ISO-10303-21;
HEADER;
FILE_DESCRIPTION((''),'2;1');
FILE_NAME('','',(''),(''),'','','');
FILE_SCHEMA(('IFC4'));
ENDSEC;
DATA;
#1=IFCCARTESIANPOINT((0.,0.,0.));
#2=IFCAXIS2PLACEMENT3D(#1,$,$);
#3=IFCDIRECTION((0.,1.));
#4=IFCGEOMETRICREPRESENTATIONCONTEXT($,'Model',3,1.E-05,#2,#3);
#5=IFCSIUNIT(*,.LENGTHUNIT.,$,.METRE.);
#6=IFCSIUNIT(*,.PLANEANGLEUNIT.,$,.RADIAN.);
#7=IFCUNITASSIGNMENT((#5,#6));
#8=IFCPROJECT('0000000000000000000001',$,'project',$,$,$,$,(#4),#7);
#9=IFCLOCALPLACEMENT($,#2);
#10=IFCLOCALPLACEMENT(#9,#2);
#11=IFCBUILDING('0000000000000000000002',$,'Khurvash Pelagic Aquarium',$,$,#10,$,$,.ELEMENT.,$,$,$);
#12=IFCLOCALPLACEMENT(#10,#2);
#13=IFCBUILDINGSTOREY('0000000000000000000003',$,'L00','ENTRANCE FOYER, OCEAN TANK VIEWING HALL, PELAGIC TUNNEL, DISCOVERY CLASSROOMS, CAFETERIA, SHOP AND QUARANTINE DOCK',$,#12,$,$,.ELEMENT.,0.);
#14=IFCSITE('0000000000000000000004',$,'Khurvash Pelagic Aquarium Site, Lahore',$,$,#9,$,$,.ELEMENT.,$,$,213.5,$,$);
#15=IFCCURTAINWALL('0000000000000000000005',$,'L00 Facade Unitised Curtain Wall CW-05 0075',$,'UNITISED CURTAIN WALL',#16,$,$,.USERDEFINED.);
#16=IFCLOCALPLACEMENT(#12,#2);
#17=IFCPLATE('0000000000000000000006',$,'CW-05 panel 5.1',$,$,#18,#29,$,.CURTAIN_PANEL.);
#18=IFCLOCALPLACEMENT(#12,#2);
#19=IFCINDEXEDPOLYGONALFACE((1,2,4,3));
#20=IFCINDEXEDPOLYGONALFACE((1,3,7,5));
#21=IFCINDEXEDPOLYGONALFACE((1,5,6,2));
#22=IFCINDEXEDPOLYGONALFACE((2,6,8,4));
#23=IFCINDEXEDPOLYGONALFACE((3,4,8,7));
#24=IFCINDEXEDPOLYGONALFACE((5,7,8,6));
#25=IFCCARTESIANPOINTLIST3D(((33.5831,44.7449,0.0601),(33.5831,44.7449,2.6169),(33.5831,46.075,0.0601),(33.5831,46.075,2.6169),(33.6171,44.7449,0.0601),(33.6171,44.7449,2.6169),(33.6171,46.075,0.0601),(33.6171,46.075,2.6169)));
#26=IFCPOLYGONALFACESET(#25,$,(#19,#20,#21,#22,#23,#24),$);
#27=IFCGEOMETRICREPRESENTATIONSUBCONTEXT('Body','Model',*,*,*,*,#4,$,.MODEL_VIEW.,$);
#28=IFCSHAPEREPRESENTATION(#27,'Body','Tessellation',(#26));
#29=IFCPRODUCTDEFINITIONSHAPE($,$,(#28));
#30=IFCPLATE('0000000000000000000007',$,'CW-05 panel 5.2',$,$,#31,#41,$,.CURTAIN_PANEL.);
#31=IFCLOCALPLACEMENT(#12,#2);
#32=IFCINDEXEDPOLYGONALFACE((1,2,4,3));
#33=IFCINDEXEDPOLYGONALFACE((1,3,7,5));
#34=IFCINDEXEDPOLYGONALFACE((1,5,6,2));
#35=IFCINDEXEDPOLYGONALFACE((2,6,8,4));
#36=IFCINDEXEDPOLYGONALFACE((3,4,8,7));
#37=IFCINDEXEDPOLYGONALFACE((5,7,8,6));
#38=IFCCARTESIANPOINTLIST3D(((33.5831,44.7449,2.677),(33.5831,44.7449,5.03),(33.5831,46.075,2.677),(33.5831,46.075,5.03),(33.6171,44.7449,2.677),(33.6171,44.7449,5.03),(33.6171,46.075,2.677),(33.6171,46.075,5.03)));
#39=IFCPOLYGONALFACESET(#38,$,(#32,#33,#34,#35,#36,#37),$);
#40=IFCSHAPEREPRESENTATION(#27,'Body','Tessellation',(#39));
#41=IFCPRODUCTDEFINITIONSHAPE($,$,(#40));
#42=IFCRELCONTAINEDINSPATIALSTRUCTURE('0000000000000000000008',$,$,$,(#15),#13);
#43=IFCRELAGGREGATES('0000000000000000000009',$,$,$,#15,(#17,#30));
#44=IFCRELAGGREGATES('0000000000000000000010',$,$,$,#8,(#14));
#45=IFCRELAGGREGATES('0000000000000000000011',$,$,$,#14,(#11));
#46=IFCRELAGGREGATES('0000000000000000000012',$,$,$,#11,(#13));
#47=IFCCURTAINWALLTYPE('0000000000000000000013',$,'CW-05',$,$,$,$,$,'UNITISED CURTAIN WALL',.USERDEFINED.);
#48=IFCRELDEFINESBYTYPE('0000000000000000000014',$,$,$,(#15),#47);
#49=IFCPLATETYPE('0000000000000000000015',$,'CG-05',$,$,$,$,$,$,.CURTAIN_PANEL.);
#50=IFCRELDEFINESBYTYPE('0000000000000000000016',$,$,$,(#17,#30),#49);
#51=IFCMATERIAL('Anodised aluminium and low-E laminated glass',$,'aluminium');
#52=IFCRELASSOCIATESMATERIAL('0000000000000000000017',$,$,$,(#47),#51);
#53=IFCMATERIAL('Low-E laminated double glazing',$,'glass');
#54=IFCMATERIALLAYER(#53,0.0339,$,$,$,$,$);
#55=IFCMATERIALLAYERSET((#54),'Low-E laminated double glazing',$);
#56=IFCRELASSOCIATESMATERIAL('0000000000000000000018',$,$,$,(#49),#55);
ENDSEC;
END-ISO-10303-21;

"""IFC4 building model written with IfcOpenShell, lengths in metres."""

from ifc_helpers import new_model, si_unit, direction, frame, origin, origin_2d, place, context, subcontext, project, spatial, rectangle, extrude, material, layer, layer_set, type_object, element, aggregate, save


model = new_model("IFC4")

# Units and contexts
model_context = context("Model", 3, precision=1e-05, world=origin(), true_north=direction((0.0, 1.0)))
body_context = subcontext(model_context, "Body", "Model", "MODEL_VIEW")
ifc_project = project(units=[si_unit("LENGTHUNIT", "METRE"), si_unit("PLANEANGLEUNIT", "RADIAN")], contexts=[model_context])

# Site, building, storey
site_placement = place(None, origin())
site = spatial("IfcSite", under=ifc_project, at=site_placement, Name="Khurvash Pelagic Aquarium Site, Lahore", CompositionType="ELEMENT", RefElevation=213.5)
building_placement = place(site_placement, origin())
building = spatial("IfcBuilding", under=site, at=building_placement, Name="Khurvash Pelagic Aquarium", CompositionType="ELEMENT")
storey_placement = place(building_placement, origin())
storey = spatial("IfcBuildingStorey", under=building, at=storey_placement, Name="L00", Description="ENTRANCE FOYER, OCEAN TANK VIEWING HALL, PELAGIC TUNNEL, DISCOVERY CLASSROOMS, CAFETERIA, SHOP AND QUARANTINE DOCK", CompositionType="ELEMENT", Elevation=0.0)

# Curtain wall
ifc_material_1 = material(Name="Anodised aluminium and low-E laminated glass", Category="aluminium")
curtain_wall_type_1 = type_object("IfcCurtainWallType", Name="CW-05", ElementType="UNITISED CURTAIN WALL", PredefinedType="USERDEFINED", material=ifc_material_1)
curtain_wall_1_placement = place(storey_placement, origin())
curtain_wall_1 = element("IfcCurtainWall", 1, at=curtain_wall_1_placement, inside=storey, type_object=curtain_wall_type_1, Name="L00 Facade Unitised Curtain Wall CW-05 0075", ObjectType="UNITISED CURTAIN WALL", PredefinedType="USERDEFINED")

# Plates
ifc_material_2 = material(Name="Low-E laminated double glazing", Category="glass")
ifc_layer_1 = layer(ifc_material_2, 0.0339)
ifc_layer_set_1 = layer_set([ifc_layer_1], Name="Low-E laminated double glazing")
plate_type_1 = type_object("IfcPlateType", Name="CG-05", PredefinedType="CURTAIN_PANEL", material=ifc_layer_set_1)
plate_1_placement = place(storey_placement, frame((33.6001, 45.4099, 0.0601), z_axis=(0.0, 0.0, 1.0), x_axis=(0.0, 1.0, 0.0)))
plate_1 = element("IfcPlate", 2, at=plate_1_placement, type_object=plate_type_1, Name="CW-05 panel 5.1", PredefinedType="CURTAIN_PANEL", context=body_context, shape_type="SweptSolid", body=[
    extrude(rectangle(XDim=1.3301, YDim=0.0339, at=origin_2d()), origin(), (0.0, 0.0, 1.0), 2.5569),
])
plate_2_placement = place(storey_placement, frame((33.6001, 45.4099, 2.677), z_axis=(0.0, 0.0, 1.0), x_axis=(0.0, 1.0, 0.0)))
plate_2 = element("IfcPlate", 3, at=plate_2_placement, type_object=plate_type_1, Name="CW-05 panel 5.2", PredefinedType="CURTAIN_PANEL", context=body_context, shape_type="SweptSolid", body=[
    extrude(rectangle(XDim=1.3301, YDim=0.0339, at=origin_2d()), origin(), (0.0, 0.0, 1.0), 2.353),
])
aggregate(curtain_wall_1, [plate_1, plate_2])

save(model, "model.ifc")
